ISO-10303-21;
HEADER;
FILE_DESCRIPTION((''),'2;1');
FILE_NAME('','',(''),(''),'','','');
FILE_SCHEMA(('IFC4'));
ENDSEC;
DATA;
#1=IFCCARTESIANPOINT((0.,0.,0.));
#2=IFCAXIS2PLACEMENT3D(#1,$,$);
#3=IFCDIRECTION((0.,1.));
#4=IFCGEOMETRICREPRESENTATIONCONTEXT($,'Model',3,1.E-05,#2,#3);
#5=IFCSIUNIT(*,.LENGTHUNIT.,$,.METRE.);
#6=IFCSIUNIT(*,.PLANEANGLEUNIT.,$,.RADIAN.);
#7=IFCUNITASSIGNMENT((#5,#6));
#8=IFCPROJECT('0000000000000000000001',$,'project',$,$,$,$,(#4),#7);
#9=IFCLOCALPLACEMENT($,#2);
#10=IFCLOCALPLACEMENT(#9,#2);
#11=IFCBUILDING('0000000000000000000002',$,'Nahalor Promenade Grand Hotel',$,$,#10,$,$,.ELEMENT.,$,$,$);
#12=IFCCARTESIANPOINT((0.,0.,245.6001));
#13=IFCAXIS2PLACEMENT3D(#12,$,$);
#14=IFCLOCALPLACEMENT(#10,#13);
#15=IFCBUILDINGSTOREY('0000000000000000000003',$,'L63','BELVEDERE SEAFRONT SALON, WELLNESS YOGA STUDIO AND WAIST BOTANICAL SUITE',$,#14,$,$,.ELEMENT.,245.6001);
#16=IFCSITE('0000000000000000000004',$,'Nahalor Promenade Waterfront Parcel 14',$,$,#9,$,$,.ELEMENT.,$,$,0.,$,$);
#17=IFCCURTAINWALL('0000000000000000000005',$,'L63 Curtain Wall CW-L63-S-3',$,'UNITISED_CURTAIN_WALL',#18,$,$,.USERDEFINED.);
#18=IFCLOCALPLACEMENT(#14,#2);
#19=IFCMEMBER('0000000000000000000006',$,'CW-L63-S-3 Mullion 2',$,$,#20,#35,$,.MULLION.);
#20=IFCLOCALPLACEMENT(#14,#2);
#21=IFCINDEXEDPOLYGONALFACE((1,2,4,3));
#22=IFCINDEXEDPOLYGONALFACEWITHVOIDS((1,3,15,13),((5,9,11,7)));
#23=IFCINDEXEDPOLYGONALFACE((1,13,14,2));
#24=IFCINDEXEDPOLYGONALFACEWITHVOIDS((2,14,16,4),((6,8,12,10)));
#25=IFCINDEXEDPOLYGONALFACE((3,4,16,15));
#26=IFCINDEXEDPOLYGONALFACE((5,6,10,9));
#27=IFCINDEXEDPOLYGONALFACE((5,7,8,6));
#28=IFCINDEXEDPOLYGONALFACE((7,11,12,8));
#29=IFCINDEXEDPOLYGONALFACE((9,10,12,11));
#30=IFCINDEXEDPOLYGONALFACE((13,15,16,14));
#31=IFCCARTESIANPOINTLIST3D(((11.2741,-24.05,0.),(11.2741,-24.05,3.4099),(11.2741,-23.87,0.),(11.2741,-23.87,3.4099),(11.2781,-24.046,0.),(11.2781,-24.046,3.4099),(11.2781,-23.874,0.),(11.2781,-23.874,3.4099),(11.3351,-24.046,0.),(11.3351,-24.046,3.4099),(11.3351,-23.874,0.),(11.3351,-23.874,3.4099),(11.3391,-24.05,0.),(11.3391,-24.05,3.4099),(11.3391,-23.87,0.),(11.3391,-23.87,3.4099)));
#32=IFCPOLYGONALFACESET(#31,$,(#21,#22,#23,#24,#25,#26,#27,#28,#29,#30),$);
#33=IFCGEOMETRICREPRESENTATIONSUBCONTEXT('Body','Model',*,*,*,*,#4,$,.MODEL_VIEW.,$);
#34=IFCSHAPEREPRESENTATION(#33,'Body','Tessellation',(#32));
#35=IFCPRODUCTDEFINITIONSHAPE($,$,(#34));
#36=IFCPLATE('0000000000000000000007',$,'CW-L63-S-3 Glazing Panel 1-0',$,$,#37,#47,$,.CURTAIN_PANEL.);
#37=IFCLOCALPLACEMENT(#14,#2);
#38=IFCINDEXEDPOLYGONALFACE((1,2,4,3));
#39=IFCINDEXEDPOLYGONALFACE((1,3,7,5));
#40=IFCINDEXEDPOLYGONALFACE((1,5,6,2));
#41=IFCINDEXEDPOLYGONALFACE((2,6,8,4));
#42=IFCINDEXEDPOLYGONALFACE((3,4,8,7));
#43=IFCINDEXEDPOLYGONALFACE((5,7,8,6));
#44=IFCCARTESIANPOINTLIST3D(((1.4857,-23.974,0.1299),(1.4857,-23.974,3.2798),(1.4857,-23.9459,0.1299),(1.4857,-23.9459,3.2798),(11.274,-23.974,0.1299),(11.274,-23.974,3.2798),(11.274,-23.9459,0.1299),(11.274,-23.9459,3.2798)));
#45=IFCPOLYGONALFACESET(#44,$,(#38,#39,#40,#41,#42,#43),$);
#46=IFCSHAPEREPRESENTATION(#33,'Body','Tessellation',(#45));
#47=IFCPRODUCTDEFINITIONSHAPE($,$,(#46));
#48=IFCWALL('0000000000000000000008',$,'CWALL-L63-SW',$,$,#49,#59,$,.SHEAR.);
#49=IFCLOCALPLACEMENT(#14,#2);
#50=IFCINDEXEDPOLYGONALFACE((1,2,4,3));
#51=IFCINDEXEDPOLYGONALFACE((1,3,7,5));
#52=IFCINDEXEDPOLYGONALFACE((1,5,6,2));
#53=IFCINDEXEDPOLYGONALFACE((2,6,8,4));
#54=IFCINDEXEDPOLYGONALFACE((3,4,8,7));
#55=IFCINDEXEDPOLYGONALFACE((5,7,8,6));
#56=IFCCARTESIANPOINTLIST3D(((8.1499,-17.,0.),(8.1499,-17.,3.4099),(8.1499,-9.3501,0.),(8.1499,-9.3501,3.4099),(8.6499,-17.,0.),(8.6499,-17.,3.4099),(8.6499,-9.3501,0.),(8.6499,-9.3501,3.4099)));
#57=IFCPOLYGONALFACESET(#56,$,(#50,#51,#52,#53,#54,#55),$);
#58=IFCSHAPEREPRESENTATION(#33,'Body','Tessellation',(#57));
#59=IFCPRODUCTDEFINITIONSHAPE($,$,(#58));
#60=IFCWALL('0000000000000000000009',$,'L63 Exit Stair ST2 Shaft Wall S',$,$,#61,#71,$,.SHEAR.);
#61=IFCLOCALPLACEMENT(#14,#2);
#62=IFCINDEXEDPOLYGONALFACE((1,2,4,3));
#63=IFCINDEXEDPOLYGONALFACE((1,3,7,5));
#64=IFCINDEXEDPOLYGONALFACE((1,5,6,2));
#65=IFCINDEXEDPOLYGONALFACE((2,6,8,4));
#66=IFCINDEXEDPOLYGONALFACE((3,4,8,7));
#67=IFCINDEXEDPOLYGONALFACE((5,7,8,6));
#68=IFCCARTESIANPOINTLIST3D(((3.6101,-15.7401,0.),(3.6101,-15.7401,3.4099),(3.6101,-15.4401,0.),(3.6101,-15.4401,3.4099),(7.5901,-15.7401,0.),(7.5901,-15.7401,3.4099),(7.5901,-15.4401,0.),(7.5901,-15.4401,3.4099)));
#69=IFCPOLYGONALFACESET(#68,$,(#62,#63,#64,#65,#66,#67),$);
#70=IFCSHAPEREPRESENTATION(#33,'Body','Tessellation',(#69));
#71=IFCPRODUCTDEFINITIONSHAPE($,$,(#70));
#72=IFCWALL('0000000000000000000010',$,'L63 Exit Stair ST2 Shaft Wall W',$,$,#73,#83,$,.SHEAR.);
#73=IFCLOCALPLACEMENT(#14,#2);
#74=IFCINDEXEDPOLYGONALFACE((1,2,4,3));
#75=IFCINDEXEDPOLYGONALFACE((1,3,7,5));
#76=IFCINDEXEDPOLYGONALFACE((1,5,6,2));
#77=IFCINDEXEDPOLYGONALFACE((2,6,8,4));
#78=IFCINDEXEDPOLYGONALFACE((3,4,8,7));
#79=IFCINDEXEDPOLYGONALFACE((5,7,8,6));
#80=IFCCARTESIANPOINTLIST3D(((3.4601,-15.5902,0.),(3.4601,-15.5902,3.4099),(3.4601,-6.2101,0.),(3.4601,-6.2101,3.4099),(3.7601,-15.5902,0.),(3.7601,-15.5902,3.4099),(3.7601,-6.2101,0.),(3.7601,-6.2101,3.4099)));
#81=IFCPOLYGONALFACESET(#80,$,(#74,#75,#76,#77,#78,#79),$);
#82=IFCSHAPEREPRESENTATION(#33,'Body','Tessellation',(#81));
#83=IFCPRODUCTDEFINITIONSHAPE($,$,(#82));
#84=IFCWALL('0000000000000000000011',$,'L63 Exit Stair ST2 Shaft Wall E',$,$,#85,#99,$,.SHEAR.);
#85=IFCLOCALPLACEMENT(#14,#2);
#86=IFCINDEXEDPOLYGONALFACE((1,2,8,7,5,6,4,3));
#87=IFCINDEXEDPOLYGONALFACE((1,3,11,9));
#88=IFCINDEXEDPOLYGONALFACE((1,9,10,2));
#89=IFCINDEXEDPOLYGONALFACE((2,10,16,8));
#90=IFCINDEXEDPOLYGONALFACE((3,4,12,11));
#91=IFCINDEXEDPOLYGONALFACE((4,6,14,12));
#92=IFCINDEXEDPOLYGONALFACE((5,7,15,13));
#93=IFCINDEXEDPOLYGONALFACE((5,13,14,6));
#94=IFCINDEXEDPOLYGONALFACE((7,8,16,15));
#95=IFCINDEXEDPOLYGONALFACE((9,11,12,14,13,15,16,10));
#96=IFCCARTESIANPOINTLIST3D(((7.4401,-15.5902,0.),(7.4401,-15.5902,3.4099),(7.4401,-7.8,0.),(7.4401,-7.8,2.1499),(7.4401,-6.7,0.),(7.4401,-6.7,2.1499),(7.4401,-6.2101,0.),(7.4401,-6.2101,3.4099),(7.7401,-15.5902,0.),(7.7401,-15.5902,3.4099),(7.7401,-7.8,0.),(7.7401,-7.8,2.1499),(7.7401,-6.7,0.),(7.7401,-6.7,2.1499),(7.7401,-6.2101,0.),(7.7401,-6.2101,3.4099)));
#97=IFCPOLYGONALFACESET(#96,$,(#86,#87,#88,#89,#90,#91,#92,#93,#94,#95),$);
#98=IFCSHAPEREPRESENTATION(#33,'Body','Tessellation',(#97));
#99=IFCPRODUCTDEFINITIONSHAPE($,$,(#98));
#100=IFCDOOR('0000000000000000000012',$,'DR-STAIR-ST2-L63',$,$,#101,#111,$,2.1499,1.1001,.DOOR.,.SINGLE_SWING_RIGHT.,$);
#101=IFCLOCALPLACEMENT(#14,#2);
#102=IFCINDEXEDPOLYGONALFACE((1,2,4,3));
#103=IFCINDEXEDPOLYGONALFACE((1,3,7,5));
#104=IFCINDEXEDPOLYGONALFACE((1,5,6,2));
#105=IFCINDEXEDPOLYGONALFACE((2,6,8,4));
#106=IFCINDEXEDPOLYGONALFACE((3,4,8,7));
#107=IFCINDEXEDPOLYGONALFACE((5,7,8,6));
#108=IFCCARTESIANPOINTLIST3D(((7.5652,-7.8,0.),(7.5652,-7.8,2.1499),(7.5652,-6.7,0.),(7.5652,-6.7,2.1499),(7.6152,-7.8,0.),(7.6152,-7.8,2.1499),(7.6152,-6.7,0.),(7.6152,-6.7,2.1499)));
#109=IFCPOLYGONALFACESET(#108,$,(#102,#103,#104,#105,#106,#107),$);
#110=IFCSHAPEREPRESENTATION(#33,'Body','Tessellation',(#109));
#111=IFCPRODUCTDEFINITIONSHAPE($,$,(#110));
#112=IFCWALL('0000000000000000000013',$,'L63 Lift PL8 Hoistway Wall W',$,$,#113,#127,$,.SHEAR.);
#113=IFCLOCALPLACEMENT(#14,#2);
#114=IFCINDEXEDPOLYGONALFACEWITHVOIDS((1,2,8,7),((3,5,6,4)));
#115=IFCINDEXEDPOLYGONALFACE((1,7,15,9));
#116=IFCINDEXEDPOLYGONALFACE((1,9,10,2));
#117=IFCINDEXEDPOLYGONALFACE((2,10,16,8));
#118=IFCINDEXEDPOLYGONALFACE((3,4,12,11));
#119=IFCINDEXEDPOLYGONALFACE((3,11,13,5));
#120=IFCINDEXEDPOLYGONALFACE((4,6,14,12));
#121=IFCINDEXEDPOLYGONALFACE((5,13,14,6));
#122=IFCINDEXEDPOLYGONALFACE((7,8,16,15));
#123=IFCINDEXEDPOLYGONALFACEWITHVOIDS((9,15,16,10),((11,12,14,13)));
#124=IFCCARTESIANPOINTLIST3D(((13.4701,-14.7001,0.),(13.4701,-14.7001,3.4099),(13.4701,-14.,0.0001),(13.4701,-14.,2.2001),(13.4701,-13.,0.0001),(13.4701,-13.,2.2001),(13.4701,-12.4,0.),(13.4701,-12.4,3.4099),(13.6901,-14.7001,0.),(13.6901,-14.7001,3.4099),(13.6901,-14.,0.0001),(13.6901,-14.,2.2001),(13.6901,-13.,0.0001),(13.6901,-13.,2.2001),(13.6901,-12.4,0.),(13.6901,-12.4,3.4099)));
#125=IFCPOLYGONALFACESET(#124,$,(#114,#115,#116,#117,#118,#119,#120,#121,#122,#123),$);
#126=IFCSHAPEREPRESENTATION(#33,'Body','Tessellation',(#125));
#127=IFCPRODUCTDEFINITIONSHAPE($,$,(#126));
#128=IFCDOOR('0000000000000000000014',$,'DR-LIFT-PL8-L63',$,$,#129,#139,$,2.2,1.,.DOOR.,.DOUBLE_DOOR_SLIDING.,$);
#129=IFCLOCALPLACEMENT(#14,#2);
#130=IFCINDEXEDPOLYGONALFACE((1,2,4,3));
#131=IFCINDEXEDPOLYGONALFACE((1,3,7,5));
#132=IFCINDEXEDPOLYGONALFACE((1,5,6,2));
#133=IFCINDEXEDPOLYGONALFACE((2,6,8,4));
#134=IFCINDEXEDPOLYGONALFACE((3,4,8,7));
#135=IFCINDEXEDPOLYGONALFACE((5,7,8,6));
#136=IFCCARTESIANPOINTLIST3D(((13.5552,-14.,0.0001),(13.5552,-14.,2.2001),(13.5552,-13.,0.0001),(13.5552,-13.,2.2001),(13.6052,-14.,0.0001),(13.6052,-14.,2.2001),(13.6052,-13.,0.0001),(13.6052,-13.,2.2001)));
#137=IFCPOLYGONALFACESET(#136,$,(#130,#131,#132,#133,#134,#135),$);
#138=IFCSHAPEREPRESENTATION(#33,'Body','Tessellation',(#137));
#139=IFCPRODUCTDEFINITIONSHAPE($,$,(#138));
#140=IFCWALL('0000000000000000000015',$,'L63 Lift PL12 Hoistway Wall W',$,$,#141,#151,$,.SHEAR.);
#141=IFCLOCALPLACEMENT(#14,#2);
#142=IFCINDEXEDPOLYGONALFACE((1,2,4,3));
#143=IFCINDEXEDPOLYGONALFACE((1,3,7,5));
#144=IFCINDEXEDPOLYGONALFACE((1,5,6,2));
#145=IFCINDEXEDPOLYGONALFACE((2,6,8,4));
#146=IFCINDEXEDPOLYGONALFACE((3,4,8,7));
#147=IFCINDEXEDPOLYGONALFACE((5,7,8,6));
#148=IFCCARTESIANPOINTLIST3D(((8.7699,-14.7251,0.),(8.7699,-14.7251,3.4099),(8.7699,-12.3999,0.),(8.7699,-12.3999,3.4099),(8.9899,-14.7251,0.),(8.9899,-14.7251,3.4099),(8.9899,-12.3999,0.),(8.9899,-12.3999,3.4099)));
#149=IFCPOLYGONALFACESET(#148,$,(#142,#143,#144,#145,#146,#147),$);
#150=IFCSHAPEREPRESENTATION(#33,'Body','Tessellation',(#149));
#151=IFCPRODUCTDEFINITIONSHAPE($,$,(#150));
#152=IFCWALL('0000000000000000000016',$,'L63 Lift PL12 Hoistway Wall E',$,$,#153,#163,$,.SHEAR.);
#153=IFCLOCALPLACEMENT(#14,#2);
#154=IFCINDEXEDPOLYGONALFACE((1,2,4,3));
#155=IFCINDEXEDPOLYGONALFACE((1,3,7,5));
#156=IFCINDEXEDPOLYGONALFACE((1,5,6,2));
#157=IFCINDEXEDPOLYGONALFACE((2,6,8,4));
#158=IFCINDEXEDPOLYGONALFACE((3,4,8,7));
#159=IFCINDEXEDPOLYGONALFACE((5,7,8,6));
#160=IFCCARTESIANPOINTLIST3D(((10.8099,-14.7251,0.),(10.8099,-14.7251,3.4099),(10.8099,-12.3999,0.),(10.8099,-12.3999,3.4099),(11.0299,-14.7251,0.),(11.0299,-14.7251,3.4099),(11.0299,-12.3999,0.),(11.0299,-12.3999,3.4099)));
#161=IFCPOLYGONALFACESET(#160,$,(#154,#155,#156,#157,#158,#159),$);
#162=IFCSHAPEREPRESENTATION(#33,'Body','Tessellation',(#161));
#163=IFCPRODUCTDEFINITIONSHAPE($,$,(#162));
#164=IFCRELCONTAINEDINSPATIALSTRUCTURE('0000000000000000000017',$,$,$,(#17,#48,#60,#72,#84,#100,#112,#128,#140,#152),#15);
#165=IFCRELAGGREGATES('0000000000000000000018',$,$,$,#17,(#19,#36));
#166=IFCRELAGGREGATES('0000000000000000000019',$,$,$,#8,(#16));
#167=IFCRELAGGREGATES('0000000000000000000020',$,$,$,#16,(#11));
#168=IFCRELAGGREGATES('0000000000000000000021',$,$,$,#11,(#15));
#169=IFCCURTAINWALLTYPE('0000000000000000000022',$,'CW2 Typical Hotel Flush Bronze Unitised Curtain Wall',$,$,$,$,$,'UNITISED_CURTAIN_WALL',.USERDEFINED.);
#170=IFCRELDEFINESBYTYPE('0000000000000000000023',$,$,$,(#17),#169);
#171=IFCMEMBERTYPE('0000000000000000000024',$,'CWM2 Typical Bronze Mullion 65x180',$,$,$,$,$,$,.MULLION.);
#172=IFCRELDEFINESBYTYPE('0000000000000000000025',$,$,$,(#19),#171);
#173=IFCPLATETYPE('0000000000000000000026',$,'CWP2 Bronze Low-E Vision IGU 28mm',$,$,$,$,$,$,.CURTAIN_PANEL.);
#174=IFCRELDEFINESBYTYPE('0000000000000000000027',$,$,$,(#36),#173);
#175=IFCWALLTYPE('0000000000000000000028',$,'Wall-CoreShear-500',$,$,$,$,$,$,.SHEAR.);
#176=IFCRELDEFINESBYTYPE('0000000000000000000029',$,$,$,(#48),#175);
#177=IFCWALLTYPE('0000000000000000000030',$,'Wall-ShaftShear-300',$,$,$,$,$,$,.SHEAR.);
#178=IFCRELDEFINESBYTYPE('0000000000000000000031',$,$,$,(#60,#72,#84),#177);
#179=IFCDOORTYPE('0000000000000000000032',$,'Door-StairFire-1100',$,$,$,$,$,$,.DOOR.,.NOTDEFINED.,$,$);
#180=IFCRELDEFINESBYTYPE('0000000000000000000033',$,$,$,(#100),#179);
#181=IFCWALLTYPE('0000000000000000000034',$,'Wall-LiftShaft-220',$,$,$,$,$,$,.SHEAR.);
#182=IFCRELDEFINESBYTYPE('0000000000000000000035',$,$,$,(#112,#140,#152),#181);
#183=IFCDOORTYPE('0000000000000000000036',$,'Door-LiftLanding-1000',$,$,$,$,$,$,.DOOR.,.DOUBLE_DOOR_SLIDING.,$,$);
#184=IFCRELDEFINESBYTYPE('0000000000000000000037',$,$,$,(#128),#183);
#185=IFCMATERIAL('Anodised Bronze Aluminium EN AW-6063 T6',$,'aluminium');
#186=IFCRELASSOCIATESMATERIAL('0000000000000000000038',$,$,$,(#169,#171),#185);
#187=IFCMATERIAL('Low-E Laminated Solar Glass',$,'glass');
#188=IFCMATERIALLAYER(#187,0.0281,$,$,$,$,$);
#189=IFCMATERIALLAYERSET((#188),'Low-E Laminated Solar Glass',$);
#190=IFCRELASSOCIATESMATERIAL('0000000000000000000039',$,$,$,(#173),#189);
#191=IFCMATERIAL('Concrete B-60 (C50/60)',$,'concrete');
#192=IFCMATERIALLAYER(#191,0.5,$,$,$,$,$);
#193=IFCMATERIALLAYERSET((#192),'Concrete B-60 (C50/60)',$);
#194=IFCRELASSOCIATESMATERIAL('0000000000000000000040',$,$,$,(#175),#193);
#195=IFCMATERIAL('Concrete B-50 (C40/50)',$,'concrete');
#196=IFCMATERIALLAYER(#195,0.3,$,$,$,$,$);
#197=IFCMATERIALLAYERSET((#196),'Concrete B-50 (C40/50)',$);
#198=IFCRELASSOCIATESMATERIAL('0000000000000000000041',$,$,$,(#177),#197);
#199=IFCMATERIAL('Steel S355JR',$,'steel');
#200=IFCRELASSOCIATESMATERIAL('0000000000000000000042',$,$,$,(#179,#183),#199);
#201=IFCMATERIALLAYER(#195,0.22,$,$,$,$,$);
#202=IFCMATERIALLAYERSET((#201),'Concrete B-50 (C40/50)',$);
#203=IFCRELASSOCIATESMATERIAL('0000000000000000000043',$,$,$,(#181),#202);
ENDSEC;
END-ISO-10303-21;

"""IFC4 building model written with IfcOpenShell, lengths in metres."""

from ifc_helpers import new_model, si_unit, direction, frame, frame_2d, origin, origin_2d, place, context, subcontext, project, spatial, rectangle, hollow_rectangle, extrude, source, transform, mapped, material, layer, layer_set, material_profile, profile_set, type_object, element, fill, aggregate, save


model = new_model("IFC4")

# Units and contexts
model_context = context("Model", 3, precision=1e-05, world=origin(), true_north=direction((0.0, 1.0)))
body_context = subcontext(model_context, "Body", "Model", "MODEL_VIEW")
ifc_project = project(units=[si_unit("LENGTHUNIT", "METRE"), si_unit("PLANEANGLEUNIT", "RADIAN")], contexts=[model_context])

# Site, building, storey
site_placement = place(None, origin())
site = spatial("IfcSite", under=ifc_project, at=site_placement, Name="Nahalor Promenade Waterfront Parcel 14", CompositionType="ELEMENT", RefElevation=0.0)
building_placement = place(site_placement, origin())
building = spatial("IfcBuilding", under=site, at=building_placement, Name="Nahalor Promenade Grand Hotel", CompositionType="ELEMENT")
storey_placement = place(building_placement, frame((0.0, 0.0, 245.6001)))
storey = spatial("IfcBuildingStorey", under=building, at=storey_placement, Name="L63", Description="BELVEDERE SEAFRONT SALON, WELLNESS YOGA STUDIO AND WAIST BOTANICAL SUITE", CompositionType="ELEMENT", Elevation=245.6001)

# Shared definitions
ifc_material_1 = material(Name="Concrete B-60 (C50/60)", Category="concrete")
ifc_material_2 = material(Name="Steel S355JR", Category="steel")

# Curtain wall, member, plate
ifc_material_3 = material(Name="Anodised Bronze Aluminium EN AW-6063 T6", Category="aluminium")
curtain_wall_type = type_object("IfcCurtainWallType", Name="CW2 Typical Hotel Flush Bronze Unitised Curtain Wall", ElementType="UNITISED_CURTAIN_WALL", PredefinedType="USERDEFINED", material=ifc_material_3)
curtain_wall_placement = place(storey_placement, origin())
curtain_wall = element("IfcCurtainWall", 1, at=curtain_wall_placement, inside=storey, type_object=curtain_wall_type, Name="L63 Curtain Wall CW-L63-S-3", ObjectType="UNITISED_CURTAIN_WALL", PredefinedType="USERDEFINED")
ifc_material_profile_1 = material_profile(ifc_material_3, hollow_rectangle(XDim=0.065, YDim=0.18, WallThickness=0.004, at=origin_2d()), Name="CWM 65x180x4")
ifc_profile_set_1 = profile_set([ifc_material_profile_1], Name="Anodised Bronze Aluminium EN AW-6063 T6")
member_type_1 = type_object("IfcMemberType", Name="CWM2 Typical Bronze Mullion 65x180", PredefinedType="MULLION", material=ifc_profile_set_1)
shared_shape_1 = source(origin(), body_context, "Body", "SweptSolid", [
    extrude(hollow_rectangle(XDim=0.065, YDim=0.18, WallThickness=0.004, at=origin_2d()), origin(), (0.0, 0.0, 1.0), 3.4099),
])
member_1_placement = place(storey_placement, frame((11.3066, -23.96, 0.0), z_axis=(0.0, 0.0, 1.0), x_axis=(1.0, 0.0, 0.0)))
member_1 = element("IfcMember", 2, at=member_1_placement, type_object=member_type_1, Name="CW-L63-S-3 Mullion 2", PredefinedType="MULLION", context=body_context, shape_type="MappedRepresentation", body=[
    mapped(shared_shape_1, transform((0.0, 0.0, 0.0), scale=1.0)),
])
ifc_material_4 = material(Name="Low-E Laminated Solar Glass", Category="glass")
ifc_layer_1 = layer(ifc_material_4, 0.0281)
ifc_layer_set_1 = layer_set([ifc_layer_1], Name="Low-E Laminated Solar Glass")
plate_type = type_object("IfcPlateType", Name="CWP2 Bronze Low-E Vision IGU 28mm", PredefinedType="CURTAIN_PANEL", material=ifc_layer_set_1)
shared_shape_2 = source(origin(), body_context, "Body", "SweptSolid", [
    extrude(rectangle(XDim=9.7883, YDim=0.0281, at=origin_2d()), origin(), (0.0, 0.0, 1.0), 3.1499),
])
plate_placement = place(storey_placement, frame((6.3799, -23.96, 0.1299), z_axis=(0.0, 0.0, 1.0), x_axis=(1.0, 0.0, 0.0)))
plate = element("IfcPlate", 3, at=plate_placement, type_object=plate_type, Name="CW-L63-S-3 Glazing Panel 1-0", PredefinedType="CURTAIN_PANEL", context=body_context, shape_type="MappedRepresentation", body=[
    mapped(shared_shape_2, transform((0.0, 0.0, 0.0), scale=1.0)),
])
aggregate(curtain_wall, [member_1, plate])

# Walls
ifc_layer_2 = layer(ifc_material_1, 0.5)
ifc_layer_set_2 = layer_set([ifc_layer_2], Name="Concrete B-60 (C50/60)")
wall_type_1 = type_object("IfcWallType", Name="Wall-CoreShear-500", PredefinedType="SHEAR", material=ifc_layer_set_2)
shared_shape_3 = source(origin(), body_context, "Body", "SweptSolid", [
    extrude(rectangle(XDim=7.6499, YDim=0.5, at=frame_2d((3.825, 0.0))), origin(), (0.0, 0.0, 1.0), 3.4099),
])
wall_1_placement = place(storey_placement, frame((8.3999, -17.0, 0.0), z_axis=(0.0, 0.0, 1.0), x_axis=(0.0, 1.0, 0.0)))
element("IfcWall", 4, at=wall_1_placement, inside=storey, type_object=wall_type_1, Name="CWALL-L63-SW", PredefinedType="SHEAR", context=body_context, shape_type="MappedRepresentation", body=[
    mapped(shared_shape_3, transform((0.0, 0.0, 0.0), scale=1.0)),
])
ifc_material_5 = material(Name="Concrete B-50 (C40/50)", Category="concrete")
ifc_layer_3 = layer(ifc_material_5, 0.3)
ifc_layer_set_3 = layer_set([ifc_layer_3], Name="Concrete B-50 (C40/50)")
wall_type_2 = type_object("IfcWallType", Name="Wall-ShaftShear-300", PredefinedType="SHEAR", material=ifc_layer_set_3)
shared_shape_4 = source(origin(), body_context, "Body", "SweptSolid", [
    extrude(rectangle(XDim=3.98, YDim=0.3, at=frame_2d((1.99, 0.0))), origin(), (0.0, 0.0, 1.0), 3.4099),
])
wall_2_placement = place(storey_placement, frame((3.6101, -15.5901, 0.0), z_axis=(0.0, 0.0, 1.0), x_axis=(1.0, 0.0, 0.0)))
element("IfcWall", 5, at=wall_2_placement, inside=storey, type_object=wall_type_2, Name="L63 Exit Stair ST2 Shaft Wall S", PredefinedType="SHEAR", context=body_context, shape_type="MappedRepresentation", body=[
    mapped(shared_shape_4, transform((0.0, 0.0, 0.0), scale=1.0)),
])
shared_shape_5 = source(origin(), body_context, "Body", "SweptSolid", [
    extrude(rectangle(XDim=9.3801, YDim=0.3, at=frame_2d((4.6899, 0.0))), origin(), (0.0, 0.0, 1.0), 3.4099),
])
wall_3_placement = place(storey_placement, frame((3.6101, -15.5901, 0.0), z_axis=(0.0, 0.0, 1.0), x_axis=(0.0, 1.0, 0.0)))
element("IfcWall", 6, at=wall_3_placement, inside=storey, type_object=wall_type_2, Name="L63 Exit Stair ST2 Shaft Wall W", PredefinedType="SHEAR", context=body_context, shape_type="MappedRepresentation", body=[
    mapped(shared_shape_5, transform((0.0, 0.0, 0.0), scale=1.0)),
])

# Walls, openings, doors
wall_4_placement = place(storey_placement, frame((7.5901, -15.5901, 0.0), z_axis=(0.0, 0.0, 1.0), x_axis=(0.0, 1.0, 0.0)))
wall_4 = element("IfcWall", 7, at=wall_4_placement, inside=storey, type_object=wall_type_2, Name="L63 Exit Stair ST2 Shaft Wall E", PredefinedType="SHEAR", context=body_context, shape_type="MappedRepresentation", body=[
    mapped(shared_shape_5, transform((0.0, 0.0, 0.0), scale=1.0)),
])
opening_1_placement = place(wall_4_placement, frame((7.79, 0.0, 0.0)))
opening_1 = element("IfcOpeningElement", 8, at=opening_1_placement, cuts=wall_4, PredefinedType="OPENING", context=body_context, shape_type="SweptSolid", body=[
    extrude(rectangle(XDim=1.1001, YDim=2.1499, at=frame_2d((0.55, 1.075))), frame((0.0, 0.1599, 0.0), z_axis=(0.0, -1.0, 0.0), x_axis=(1.0, 0.0, 0.0)), (0.0, 0.0, 1.0), 0.3201),
])
door_type_1 = type_object("IfcDoorType", Name="Door-StairFire-1100", OperationType="NOTDEFINED", PredefinedType="DOOR", material=ifc_material_2)
shared_shape_6 = source(origin(), body_context, "Body", "SweptSolid", [
    extrude(rectangle(XDim=1.1001, YDim=2.1499, at=frame_2d((0.55, 1.075))), frame((0.0, 0.0249, 0.0), z_axis=(0.0, -1.0, 0.0), x_axis=(1.0, 0.0, 0.0)), (0.0, 0.0, 1.0), 0.05),
])
door_1_placement = place(opening_1_placement, origin())
door_1 = element("IfcDoor", 9, at=door_1_placement, inside=storey, type_object=door_type_1, Name="DR-STAIR-ST2-L63", OperationType="SINGLE_SWING_RIGHT", OverallHeight=2.1499, OverallWidth=1.1001, PredefinedType="DOOR", context=body_context, shape_type="MappedRepresentation", body=[
    mapped(shared_shape_6, transform((0.0, 0.0, 0.0), scale=1.0)),
])
fill(opening_1, door_1)
ifc_layer_4 = layer(ifc_material_5, 0.22)
ifc_layer_set_4 = layer_set([ifc_layer_4], Name="Concrete B-50 (C40/50)")
wall_type_3 = type_object("IfcWallType", Name="Wall-LiftShaft-220", PredefinedType="SHEAR", material=ifc_layer_set_4)
shared_shape_7 = source(origin(), body_context, "Body", "SweptSolid", [
    extrude(rectangle(XDim=2.3, YDim=0.22, at=frame_2d((1.1499, 0.0))), origin(), (0.0, 0.0, 1.0), 3.4099),
])
wall_5_placement = place(storey_placement, frame((13.5801, -14.7, 0.0), z_axis=(0.0, 0.0, 1.0), x_axis=(0.0, 1.0, 0.0)))
wall_5 = element("IfcWall", 10, at=wall_5_placement, inside=storey, type_object=wall_type_3, Name="L63 Lift PL8 Hoistway Wall W", PredefinedType="SHEAR", context=body_context, shape_type="MappedRepresentation", body=[
    mapped(shared_shape_7, transform((0.0, 0.0, 0.0), scale=1.0)),
])
opening_2_placement = place(wall_5_placement, frame((0.7, 0.0, 0.0)))
opening_2 = element("IfcOpeningElement", 11, at=opening_2_placement, cuts=wall_5, PredefinedType="OPENING", context=body_context, shape_type="SweptSolid", body=[
    extrude(rectangle(XDim=1.0, YDim=2.2, at=frame_2d((0.5, 1.1001))), frame((0.0, 0.1199, 0.0), z_axis=(0.0, -1.0, 0.0), x_axis=(1.0, 0.0, 0.0)), (0.0, 0.0, 1.0), 0.24),
])
door_type_2 = type_object("IfcDoorType", Name="Door-LiftLanding-1000", OperationType="DOUBLE_DOOR_SLIDING", PredefinedType="DOOR", material=ifc_material_2)
shared_shape_8 = source(origin(), body_context, "Body", "SweptSolid", [
    extrude(rectangle(XDim=1.0, YDim=2.2, at=frame_2d((0.5, 1.1001))), frame((0.0, 0.0249, 0.0), z_axis=(0.0, -1.0, 0.0), x_axis=(1.0, 0.0, 0.0)), (0.0, 0.0, 1.0), 0.05),
])
door_2_placement = place(opening_2_placement, origin())
door_2 = element("IfcDoor", 12, at=door_2_placement, inside=storey, type_object=door_type_2, Name="DR-LIFT-PL8-L63", OperationType="DOUBLE_DOOR_SLIDING", OverallHeight=2.2, OverallWidth=1.0, PredefinedType="DOOR", context=body_context, shape_type="MappedRepresentation", body=[
    mapped(shared_shape_8, transform((0.0, 0.0, 0.0), scale=1.0)),
])
fill(opening_2, door_2)

# Walls
shared_shape_9 = source(origin(), body_context, "Body", "SweptSolid", [
    extrude(rectangle(XDim=2.3252, YDim=0.22, at=frame_2d((1.1626, 0.0))), origin(), (0.0, 0.0, 1.0), 3.4099),
])
for number, where, z_axis, x_axis, name in (
    (13, (8.8799, -14.7251, 0.0), (0.0, 0.0, 1.0), (0.0, 1.0, 0.0), "L63 Lift PL12 Hoistway Wall W"),
    (14, (10.9199, -14.7251, 0.0), (0.0, 0.0, 1.0), (0.0, 1.0, 0.0), "L63 Lift PL12 Hoistway Wall E"),
):
    element("IfcWall", number, at=place(storey_placement, frame(where, z_axis=z_axis, x_axis=x_axis)), inside=storey, type_object=wall_type_3, Name=name, PredefinedType="SHEAR", context=body_context, shape_type="MappedRepresentation", body=[
        mapped(shared_shape_9, transform((0.0, 0.0, 0.0), scale=1.0)),
    ])

save(model, "model.ifc")
